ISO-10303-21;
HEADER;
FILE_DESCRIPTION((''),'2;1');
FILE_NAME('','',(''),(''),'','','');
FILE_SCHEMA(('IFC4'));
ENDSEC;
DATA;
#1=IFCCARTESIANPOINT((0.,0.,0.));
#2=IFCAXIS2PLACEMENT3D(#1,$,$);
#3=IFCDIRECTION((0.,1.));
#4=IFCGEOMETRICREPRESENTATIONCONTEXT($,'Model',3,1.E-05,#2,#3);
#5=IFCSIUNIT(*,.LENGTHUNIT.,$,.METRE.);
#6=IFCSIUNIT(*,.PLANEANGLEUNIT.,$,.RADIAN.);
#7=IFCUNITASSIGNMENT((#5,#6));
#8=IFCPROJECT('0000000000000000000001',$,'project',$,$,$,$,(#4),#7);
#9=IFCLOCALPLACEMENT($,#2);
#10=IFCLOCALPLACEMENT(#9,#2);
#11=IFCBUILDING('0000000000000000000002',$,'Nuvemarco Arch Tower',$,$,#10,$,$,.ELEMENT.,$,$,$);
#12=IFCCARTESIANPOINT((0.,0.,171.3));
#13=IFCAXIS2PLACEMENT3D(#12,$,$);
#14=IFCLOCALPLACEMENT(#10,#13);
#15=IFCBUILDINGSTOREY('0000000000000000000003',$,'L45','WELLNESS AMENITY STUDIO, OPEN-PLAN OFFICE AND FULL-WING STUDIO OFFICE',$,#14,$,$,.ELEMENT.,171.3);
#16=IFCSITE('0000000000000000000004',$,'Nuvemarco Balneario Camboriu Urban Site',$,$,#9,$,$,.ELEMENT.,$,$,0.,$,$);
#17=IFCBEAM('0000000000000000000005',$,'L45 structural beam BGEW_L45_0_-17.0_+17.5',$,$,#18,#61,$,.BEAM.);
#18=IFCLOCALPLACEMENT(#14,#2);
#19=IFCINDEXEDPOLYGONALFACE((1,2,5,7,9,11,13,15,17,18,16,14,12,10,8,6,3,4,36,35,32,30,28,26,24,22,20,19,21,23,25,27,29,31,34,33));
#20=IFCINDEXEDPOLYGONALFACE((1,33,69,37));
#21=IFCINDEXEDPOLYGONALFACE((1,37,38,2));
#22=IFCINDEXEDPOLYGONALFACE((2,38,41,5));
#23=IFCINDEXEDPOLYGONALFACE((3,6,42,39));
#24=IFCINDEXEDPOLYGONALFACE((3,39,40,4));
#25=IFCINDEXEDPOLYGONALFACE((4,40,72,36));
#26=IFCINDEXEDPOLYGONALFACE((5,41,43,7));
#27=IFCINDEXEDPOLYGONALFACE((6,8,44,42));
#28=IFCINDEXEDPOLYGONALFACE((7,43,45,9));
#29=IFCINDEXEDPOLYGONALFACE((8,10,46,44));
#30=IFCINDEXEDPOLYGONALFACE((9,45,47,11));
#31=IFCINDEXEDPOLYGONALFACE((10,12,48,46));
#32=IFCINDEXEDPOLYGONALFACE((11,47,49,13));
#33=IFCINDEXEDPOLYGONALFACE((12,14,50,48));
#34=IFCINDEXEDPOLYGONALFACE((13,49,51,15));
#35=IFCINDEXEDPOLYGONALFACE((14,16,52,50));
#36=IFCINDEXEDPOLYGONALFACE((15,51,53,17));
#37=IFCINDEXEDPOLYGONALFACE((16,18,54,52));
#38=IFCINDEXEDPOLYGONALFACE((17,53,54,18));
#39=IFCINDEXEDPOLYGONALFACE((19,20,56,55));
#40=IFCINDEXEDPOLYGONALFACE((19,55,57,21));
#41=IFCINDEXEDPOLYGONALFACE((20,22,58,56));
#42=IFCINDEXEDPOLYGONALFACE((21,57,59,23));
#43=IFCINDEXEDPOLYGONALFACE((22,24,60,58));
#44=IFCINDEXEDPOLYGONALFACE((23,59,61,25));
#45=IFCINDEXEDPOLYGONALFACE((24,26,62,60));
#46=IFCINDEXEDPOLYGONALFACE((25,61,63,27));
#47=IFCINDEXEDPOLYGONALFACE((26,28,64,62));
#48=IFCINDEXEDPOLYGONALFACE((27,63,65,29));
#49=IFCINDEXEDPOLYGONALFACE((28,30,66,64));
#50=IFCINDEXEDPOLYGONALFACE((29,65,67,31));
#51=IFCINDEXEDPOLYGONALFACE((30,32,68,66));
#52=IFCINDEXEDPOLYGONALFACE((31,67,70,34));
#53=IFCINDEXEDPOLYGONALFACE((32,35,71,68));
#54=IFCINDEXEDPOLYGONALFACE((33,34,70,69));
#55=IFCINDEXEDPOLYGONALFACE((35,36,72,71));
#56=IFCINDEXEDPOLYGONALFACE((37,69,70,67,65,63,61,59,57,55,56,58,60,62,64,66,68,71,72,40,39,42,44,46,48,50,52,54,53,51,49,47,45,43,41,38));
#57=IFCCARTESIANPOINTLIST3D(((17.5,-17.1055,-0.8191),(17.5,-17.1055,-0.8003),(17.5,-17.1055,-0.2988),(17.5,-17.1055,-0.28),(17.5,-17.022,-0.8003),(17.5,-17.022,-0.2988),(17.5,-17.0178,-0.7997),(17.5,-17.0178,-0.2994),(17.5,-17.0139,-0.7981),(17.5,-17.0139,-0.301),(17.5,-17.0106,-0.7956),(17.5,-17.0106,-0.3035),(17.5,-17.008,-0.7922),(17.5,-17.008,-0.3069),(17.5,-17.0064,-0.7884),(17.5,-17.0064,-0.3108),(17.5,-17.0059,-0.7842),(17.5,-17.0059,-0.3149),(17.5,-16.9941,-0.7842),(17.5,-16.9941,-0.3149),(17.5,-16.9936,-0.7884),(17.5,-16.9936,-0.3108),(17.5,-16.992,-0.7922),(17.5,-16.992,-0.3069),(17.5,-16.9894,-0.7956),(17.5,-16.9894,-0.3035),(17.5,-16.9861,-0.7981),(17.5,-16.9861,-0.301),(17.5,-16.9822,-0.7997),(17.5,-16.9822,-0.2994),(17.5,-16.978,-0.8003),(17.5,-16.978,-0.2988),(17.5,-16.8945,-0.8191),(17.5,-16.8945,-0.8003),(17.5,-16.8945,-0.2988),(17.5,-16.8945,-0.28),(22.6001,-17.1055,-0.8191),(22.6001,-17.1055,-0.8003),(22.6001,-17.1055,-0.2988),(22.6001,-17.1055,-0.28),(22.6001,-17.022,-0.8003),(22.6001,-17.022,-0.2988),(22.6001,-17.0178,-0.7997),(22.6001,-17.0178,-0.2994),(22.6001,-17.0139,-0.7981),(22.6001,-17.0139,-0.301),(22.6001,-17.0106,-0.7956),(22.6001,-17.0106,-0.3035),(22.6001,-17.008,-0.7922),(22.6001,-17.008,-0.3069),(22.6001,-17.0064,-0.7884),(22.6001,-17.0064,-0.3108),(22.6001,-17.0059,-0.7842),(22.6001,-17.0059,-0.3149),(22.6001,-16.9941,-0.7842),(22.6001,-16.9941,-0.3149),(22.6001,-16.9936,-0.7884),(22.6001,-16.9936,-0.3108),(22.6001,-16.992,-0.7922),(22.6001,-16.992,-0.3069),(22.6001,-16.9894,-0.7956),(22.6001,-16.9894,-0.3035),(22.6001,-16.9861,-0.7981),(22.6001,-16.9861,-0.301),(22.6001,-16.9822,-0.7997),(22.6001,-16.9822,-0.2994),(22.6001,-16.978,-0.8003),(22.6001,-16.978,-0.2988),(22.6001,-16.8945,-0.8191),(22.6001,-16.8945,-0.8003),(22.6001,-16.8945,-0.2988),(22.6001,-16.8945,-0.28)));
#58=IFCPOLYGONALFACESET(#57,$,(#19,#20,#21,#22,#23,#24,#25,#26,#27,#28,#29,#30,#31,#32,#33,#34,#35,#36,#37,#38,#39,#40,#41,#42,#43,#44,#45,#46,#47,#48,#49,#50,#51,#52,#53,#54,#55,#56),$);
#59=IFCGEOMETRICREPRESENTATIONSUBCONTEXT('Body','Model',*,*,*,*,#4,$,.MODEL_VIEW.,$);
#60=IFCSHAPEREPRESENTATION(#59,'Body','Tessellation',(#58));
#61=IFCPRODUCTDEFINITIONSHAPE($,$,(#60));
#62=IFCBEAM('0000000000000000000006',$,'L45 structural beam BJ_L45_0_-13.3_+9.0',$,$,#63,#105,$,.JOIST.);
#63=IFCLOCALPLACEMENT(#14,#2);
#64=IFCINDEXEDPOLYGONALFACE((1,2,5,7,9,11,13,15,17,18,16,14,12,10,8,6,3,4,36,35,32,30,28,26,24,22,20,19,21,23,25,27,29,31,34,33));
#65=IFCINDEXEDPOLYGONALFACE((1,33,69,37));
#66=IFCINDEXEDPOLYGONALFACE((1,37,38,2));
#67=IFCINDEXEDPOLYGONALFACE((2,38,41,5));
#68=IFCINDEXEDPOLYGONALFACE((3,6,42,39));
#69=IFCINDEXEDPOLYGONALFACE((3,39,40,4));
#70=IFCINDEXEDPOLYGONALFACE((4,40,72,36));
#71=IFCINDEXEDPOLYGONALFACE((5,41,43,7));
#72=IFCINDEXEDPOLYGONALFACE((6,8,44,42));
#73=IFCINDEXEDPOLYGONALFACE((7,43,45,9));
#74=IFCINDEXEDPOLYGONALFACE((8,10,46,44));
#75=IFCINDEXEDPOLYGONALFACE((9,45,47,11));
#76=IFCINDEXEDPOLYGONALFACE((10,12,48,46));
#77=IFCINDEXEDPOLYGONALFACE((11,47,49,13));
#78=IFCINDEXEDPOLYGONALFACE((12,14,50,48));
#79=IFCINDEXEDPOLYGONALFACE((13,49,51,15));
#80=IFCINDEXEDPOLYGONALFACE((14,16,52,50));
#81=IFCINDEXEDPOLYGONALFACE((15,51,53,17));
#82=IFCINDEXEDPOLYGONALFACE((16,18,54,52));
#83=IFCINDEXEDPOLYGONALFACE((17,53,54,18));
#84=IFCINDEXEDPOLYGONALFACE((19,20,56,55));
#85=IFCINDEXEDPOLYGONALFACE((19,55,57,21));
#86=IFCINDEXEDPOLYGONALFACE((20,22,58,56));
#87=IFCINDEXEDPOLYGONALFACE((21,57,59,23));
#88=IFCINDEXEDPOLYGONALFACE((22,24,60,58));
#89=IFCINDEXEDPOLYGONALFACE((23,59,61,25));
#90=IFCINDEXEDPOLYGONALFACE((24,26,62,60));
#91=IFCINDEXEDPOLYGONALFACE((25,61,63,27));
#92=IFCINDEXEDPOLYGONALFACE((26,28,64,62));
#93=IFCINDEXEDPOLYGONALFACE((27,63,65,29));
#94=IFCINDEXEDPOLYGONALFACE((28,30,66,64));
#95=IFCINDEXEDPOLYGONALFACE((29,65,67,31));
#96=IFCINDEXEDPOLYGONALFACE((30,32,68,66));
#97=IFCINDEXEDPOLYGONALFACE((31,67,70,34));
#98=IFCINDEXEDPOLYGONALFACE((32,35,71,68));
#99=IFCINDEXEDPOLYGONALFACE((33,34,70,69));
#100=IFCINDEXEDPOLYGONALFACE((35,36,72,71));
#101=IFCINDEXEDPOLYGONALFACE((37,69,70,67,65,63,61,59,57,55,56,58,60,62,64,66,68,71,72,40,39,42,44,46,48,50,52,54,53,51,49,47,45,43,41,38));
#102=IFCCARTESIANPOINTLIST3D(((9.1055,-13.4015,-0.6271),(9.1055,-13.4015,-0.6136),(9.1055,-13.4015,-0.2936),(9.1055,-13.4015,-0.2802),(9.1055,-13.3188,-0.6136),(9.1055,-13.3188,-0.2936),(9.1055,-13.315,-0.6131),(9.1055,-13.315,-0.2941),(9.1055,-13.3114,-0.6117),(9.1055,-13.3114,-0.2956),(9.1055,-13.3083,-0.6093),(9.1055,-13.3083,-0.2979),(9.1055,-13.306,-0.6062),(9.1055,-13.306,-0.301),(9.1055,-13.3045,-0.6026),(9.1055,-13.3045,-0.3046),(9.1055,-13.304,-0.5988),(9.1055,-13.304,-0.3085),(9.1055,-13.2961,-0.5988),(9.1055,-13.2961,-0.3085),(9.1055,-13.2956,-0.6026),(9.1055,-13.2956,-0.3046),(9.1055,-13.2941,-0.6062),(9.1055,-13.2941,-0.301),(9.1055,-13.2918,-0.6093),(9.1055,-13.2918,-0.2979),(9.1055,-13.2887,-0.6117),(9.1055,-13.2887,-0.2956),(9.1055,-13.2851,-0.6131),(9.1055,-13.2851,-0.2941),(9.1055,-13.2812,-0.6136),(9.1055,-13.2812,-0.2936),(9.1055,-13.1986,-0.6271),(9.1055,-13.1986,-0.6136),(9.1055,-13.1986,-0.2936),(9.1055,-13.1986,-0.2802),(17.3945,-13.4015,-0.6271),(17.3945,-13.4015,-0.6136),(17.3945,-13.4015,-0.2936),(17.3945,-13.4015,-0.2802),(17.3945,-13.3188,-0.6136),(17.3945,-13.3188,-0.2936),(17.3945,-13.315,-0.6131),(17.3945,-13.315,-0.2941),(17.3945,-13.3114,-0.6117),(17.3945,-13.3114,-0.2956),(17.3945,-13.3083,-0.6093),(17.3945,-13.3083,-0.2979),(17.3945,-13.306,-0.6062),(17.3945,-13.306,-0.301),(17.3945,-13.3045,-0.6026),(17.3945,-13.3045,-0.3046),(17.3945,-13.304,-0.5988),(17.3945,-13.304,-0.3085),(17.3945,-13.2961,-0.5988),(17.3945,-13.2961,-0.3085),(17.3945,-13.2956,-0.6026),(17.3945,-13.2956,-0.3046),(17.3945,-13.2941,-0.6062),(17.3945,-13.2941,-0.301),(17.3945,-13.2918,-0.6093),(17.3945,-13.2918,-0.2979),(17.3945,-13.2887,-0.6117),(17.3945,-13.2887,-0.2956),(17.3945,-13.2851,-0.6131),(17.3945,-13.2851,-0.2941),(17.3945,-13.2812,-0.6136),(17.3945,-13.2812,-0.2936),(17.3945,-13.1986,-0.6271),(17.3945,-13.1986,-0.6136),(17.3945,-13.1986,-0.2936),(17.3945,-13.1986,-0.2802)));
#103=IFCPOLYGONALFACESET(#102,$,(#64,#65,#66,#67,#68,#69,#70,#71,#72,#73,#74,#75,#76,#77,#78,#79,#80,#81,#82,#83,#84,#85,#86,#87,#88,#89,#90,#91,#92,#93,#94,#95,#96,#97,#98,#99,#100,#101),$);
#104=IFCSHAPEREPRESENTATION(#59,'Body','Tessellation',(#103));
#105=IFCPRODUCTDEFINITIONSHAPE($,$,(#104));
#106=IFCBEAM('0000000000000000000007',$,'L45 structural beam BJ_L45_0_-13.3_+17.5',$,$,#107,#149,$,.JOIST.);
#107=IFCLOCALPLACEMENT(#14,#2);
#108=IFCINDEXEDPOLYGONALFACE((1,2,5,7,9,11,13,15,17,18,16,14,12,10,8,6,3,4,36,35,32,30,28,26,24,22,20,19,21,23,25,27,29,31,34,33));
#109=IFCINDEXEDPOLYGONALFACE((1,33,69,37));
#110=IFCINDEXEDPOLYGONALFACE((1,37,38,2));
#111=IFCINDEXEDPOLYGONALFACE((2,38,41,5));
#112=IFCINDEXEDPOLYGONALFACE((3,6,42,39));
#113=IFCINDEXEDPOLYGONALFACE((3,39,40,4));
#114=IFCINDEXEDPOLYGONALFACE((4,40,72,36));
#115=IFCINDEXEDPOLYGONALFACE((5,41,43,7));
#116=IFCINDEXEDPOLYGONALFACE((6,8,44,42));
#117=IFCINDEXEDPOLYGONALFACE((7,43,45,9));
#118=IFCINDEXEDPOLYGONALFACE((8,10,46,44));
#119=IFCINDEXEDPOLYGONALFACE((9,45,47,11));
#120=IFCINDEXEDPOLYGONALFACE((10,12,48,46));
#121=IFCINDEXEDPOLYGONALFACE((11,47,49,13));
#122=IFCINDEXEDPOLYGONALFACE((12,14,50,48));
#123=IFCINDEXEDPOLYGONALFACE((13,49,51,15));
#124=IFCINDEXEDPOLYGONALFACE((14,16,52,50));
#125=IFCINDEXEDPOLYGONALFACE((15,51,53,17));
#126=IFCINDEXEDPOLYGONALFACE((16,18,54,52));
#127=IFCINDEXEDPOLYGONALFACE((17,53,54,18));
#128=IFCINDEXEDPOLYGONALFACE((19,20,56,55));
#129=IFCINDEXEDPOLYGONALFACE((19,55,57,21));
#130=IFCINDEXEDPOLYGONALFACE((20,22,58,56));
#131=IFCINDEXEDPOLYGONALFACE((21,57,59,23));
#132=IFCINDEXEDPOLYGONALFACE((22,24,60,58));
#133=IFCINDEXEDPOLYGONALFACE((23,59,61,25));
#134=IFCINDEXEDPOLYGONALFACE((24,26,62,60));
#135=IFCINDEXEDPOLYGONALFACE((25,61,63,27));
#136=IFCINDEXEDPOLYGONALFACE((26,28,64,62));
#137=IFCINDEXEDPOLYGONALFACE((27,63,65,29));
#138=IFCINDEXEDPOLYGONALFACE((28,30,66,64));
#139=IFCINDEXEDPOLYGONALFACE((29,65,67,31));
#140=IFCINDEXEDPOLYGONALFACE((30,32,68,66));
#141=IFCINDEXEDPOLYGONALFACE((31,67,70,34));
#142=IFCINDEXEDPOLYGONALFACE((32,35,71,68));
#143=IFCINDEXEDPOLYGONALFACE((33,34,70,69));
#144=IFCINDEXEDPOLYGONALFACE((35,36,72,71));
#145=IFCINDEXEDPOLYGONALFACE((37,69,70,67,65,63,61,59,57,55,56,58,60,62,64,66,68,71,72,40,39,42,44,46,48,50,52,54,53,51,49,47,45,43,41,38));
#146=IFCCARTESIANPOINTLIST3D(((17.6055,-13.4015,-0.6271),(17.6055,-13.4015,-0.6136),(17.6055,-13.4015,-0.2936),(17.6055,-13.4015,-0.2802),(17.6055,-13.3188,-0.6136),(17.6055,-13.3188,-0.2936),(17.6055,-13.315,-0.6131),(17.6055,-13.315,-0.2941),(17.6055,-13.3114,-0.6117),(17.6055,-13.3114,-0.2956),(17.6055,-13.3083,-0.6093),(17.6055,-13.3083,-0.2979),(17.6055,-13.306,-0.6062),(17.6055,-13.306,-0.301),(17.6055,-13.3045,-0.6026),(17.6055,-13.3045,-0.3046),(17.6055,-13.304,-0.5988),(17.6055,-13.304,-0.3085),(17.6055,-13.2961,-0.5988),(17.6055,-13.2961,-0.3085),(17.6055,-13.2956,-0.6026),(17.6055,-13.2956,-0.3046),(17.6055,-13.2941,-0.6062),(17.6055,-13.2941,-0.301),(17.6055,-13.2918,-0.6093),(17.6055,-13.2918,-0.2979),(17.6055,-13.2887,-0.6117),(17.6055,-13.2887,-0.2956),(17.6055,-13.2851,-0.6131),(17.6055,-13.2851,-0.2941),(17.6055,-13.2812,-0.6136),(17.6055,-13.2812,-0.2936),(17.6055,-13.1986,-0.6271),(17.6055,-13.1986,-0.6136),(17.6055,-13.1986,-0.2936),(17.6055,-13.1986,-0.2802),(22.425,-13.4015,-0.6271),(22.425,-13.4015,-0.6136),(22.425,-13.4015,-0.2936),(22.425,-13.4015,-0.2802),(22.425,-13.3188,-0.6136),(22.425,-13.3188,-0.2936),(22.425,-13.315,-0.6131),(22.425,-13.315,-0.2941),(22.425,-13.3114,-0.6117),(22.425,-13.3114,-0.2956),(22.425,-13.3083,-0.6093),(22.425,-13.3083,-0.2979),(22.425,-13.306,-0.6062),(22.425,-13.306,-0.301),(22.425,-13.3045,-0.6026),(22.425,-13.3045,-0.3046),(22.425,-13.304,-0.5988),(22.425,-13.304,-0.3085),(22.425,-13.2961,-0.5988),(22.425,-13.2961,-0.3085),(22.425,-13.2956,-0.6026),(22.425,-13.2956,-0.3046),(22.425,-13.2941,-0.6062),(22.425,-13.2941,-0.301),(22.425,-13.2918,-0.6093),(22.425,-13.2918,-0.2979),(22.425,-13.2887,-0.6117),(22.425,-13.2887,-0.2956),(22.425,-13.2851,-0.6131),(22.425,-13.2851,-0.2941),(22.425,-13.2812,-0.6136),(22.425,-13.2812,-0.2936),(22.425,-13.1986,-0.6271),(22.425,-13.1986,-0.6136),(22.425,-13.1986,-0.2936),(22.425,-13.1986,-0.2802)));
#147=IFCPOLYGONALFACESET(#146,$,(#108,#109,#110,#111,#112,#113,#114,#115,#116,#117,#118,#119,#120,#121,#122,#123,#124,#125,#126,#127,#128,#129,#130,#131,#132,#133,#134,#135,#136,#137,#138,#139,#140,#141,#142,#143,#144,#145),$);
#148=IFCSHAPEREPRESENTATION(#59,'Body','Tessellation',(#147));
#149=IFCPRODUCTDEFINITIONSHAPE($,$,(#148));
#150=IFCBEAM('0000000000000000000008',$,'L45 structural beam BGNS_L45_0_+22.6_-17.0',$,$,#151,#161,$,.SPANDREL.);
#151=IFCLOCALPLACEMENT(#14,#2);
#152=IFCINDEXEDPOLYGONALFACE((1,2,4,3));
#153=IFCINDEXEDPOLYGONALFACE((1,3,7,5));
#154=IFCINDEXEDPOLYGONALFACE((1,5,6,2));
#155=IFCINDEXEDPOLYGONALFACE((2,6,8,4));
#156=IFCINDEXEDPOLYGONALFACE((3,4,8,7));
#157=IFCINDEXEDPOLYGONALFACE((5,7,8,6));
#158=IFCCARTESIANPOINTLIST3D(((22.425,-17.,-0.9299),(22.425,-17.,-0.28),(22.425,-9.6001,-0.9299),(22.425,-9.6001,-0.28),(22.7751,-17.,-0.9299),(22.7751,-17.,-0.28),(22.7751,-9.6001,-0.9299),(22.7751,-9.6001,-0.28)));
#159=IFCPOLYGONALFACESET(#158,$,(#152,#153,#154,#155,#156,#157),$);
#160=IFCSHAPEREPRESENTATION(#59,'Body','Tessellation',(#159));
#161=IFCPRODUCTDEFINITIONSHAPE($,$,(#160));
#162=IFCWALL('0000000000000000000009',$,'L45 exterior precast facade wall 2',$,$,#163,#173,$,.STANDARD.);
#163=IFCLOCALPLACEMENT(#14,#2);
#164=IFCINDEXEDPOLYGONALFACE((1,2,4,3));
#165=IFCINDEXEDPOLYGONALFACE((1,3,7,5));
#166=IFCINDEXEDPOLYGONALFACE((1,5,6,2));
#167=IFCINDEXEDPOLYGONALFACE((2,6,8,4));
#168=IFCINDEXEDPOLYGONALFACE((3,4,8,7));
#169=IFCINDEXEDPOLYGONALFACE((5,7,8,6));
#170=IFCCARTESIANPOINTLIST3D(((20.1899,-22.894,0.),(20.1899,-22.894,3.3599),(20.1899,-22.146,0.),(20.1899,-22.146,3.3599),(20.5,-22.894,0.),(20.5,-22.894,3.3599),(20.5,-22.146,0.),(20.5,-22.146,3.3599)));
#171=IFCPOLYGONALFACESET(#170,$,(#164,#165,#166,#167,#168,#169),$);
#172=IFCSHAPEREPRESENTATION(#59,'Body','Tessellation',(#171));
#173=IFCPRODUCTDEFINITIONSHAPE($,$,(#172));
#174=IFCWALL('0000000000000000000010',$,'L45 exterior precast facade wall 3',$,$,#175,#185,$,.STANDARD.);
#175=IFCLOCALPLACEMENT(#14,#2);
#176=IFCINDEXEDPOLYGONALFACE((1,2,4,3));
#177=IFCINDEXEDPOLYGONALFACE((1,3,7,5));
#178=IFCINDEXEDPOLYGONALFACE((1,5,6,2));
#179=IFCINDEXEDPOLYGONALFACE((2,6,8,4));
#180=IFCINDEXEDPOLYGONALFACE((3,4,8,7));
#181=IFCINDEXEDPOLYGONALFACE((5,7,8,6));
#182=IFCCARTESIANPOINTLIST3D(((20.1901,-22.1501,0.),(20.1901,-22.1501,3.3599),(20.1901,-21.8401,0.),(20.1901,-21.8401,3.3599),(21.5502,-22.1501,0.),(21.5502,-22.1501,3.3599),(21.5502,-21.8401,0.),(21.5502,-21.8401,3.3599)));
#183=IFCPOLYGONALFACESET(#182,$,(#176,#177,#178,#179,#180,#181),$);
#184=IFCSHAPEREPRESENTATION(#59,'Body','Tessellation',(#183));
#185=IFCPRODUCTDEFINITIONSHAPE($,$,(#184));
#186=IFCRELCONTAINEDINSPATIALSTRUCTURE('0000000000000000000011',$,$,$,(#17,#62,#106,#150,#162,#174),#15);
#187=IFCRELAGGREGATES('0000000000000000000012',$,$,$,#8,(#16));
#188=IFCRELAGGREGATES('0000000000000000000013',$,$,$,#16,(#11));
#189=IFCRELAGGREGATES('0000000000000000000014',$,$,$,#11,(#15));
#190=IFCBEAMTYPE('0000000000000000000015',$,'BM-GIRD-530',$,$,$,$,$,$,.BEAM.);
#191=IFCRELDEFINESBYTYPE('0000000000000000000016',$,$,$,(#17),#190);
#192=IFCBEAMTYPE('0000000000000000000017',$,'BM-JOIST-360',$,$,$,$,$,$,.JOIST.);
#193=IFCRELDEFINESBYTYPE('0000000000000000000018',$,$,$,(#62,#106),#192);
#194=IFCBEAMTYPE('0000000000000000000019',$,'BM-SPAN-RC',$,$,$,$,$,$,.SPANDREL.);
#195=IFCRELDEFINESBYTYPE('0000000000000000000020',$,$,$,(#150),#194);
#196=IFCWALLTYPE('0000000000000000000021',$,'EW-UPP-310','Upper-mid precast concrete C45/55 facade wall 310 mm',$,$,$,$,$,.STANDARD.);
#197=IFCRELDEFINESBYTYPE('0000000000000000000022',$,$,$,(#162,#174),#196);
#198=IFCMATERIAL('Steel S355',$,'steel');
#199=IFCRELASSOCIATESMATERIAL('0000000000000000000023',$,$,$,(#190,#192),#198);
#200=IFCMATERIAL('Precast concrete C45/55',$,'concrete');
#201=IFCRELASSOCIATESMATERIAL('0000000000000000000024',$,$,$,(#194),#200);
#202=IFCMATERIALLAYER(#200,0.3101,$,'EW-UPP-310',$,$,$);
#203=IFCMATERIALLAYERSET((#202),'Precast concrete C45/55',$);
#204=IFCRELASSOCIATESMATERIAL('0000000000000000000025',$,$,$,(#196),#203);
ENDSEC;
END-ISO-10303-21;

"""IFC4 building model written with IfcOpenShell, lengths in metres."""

from ifc_helpers import new_model, si_unit, direction, frame, frame_2d, origin, origin_2d, place, context, subcontext, project, spatial, rectangle, i_section, extrude, material, layer, layer_set, material_profile, profile_set, type_object, element, save


model = new_model("IFC4")

# Units and contexts
model_context = context("Model", 3, precision=1e-05, world=origin(), true_north=direction((0.0, 1.0)))
body_context = subcontext(model_context, "Body", "Model", "MODEL_VIEW")
ifc_project = project(units=[si_unit("LENGTHUNIT", "METRE"), si_unit("PLANEANGLEUNIT", "RADIAN")], contexts=[model_context])

# Site, building, storey
site_placement = place(None, origin())
site = spatial("IfcSite", under=ifc_project, at=site_placement, Name="Nuvemarco Balneario Camboriu Urban Site", CompositionType="ELEMENT", RefElevation=0.0)
building_placement = place(site_placement, origin())
building = spatial("IfcBuilding", under=site, at=building_placement, Name="Nuvemarco Arch Tower", CompositionType="ELEMENT")
storey_placement = place(building_placement, frame((0.0, 0.0, 171.3)))
storey = spatial("IfcBuildingStorey", under=building, at=storey_placement, Name="L45", Description="WELLNESS AMENITY STUDIO, OPEN-PLAN OFFICE AND FULL-WING STUDIO OFFICE", CompositionType="ELEMENT", Elevation=171.3)

# Shared definitions
ifc_material_1 = material(Name="Steel S355", Category="steel")

# Beams
ifc_material_profile_1 = material_profile(ifc_material_1, i_section(OverallWidth=0.2109, OverallDepth=0.5391, WebThickness=0.0117, FlangeThickness=0.0188, FilletRadius=0.0161, at=origin_2d()), Name="W530x109")
ifc_profile_set_1 = profile_set([ifc_material_profile_1], Name="Steel S355")
beam_type_1 = type_object("IfcBeamType", Name="BM-GIRD-530", PredefinedType="BEAM", material=ifc_profile_set_1)
beam_1_placement = place(storey_placement, frame((17.5, -17.0, -0.5496), z_axis=(1.0, 0.0, 0.0), x_axis=(0.0, 1.0, 0.0)))
element("IfcBeam", 1, at=beam_1_placement, inside=storey, type_object=beam_type_1, Name="L45 structural beam BGEW_L45_0_-17.0_+17.5", PredefinedType="BEAM", context=body_context, shape_type="SweptSolid", body=[
    extrude(i_section(OverallWidth=0.2109, OverallDepth=0.5391, WebThickness=0.0117, FlangeThickness=0.0188, FilletRadius=0.0161, at=origin_2d()), origin(), (0.0, 0.0, 1.0), 5.1001),
])
ifc_material_profile_2 = material_profile(ifc_material_1, i_section(OverallWidth=0.2029, OverallDepth=0.3469, WebThickness=0.0078, FlangeThickness=0.0134, FilletRadius=0.0149, at=origin_2d()), Name="W360x64")
ifc_profile_set_2 = profile_set([ifc_material_profile_2], Name="Steel S355")
beam_type_2 = type_object("IfcBeamType", Name="BM-JOIST-360", PredefinedType="JOIST", material=ifc_profile_set_2)
beam_2_placement = place(storey_placement, frame((9.1055, -13.3, -0.4536), z_axis=(1.0, 0.0, 0.0), x_axis=(0.0, 1.0, 0.0)))
element("IfcBeam", 2, at=beam_2_placement, inside=storey, type_object=beam_type_2, Name="L45 structural beam BJ_L45_0_-13.3_+9.0", PredefinedType="JOIST", context=body_context, shape_type="SweptSolid", body=[
    extrude(i_section(OverallWidth=0.2029, OverallDepth=0.3469, WebThickness=0.0078, FlangeThickness=0.0134, FilletRadius=0.0149, at=origin_2d()), origin(), (0.0, 0.0, 1.0), 8.2891),
])
beam_3_placement = place(storey_placement, frame((17.6055, -13.3, -0.4536), z_axis=(1.0, 0.0, 0.0), x_axis=(0.0, 1.0, 0.0)))
element("IfcBeam", 3, at=beam_3_placement, inside=storey, type_object=beam_type_2, Name="L45 structural beam BJ_L45_0_-13.3_+17.5", PredefinedType="JOIST", context=body_context, shape_type="SweptSolid", body=[
    extrude(i_section(OverallWidth=0.2029, OverallDepth=0.3469, WebThickness=0.0078, FlangeThickness=0.0134, FilletRadius=0.0149, at=origin_2d()), origin(), (0.0, 0.0, 1.0), 4.8196),
])
ifc_material_2 = material(Name="Precast concrete C45/55", Category="concrete")
ifc_material_profile_3 = material_profile(ifc_material_2, rectangle(XDim=0.3501, YDim=0.6499, at=origin_2d()), Name="PC-SP-350x650")
ifc_profile_set_3 = profile_set([ifc_material_profile_3], Name="Precast concrete C45/55")
beam_type_3 = type_object("IfcBeamType", Name="BM-SPAN-RC", PredefinedType="SPANDREL", material=ifc_profile_set_3)
beam_4_placement = place(storey_placement, frame((22.6001, -17.0, -0.605), z_axis=(0.0, 1.0, 0.0), x_axis=(-1.0, 0.0, 0.0)))
element("IfcBeam", 4, at=beam_4_placement, inside=storey, type_object=beam_type_3, Name="L45 structural beam BGNS_L45_0_+22.6_-17.0", PredefinedType="SPANDREL", context=body_context, shape_type="SweptSolid", body=[
    extrude(rectangle(XDim=0.3501, YDim=0.6499, at=origin_2d()), origin(), (0.0, 0.0, 1.0), 7.3999),
])

# Walls
ifc_layer_1 = layer(ifc_material_2, 0.3101, Name="EW-UPP-310")
ifc_layer_set_1 = layer_set([ifc_layer_1], Name="Precast concrete C45/55")
wall_type_1 = type_object("IfcWallType", Name="EW-UPP-310", Description="Upper-mid precast concrete C45/55 facade wall 310 mm", PredefinedType="STANDARD", material=ifc_layer_set_1)
wall_1_placement = place(storey_placement, frame((20.345, -22.894, 0.0), z_axis=(0.0, 0.0, 1.0), x_axis=(0.0, 1.0, 0.0)))
element("IfcWall", 5, at=wall_1_placement, inside=storey, type_object=wall_type_1, Name="L45 exterior precast facade wall 2", PredefinedType="STANDARD", context=body_context, shape_type="SweptSolid", body=[
    extrude(rectangle(XDim=0.748, YDim=0.3101, at=frame_2d((0.374, 0.0))), origin(), (0.0, 0.0, 1.0), 3.3599),
])
wall_2_placement = place(storey_placement, frame((20.1899, -21.9951, 0.0), z_axis=(0.0, 0.0, 1.0), x_axis=(1.0, 0.0, 0.0)))
element("IfcWall", 6, at=wall_2_placement, inside=storey, type_object=wall_type_1, Name="L45 exterior precast facade wall 3", PredefinedType="STANDARD", context=body_context, shape_type="SweptSolid", body=[
    extrude(rectangle(XDim=1.3601, YDim=0.3101, at=frame_2d((0.6802, 0.0))), origin(), (0.0, 0.0, 1.0), 3.3599),
])

save(model, "model.ifc")
